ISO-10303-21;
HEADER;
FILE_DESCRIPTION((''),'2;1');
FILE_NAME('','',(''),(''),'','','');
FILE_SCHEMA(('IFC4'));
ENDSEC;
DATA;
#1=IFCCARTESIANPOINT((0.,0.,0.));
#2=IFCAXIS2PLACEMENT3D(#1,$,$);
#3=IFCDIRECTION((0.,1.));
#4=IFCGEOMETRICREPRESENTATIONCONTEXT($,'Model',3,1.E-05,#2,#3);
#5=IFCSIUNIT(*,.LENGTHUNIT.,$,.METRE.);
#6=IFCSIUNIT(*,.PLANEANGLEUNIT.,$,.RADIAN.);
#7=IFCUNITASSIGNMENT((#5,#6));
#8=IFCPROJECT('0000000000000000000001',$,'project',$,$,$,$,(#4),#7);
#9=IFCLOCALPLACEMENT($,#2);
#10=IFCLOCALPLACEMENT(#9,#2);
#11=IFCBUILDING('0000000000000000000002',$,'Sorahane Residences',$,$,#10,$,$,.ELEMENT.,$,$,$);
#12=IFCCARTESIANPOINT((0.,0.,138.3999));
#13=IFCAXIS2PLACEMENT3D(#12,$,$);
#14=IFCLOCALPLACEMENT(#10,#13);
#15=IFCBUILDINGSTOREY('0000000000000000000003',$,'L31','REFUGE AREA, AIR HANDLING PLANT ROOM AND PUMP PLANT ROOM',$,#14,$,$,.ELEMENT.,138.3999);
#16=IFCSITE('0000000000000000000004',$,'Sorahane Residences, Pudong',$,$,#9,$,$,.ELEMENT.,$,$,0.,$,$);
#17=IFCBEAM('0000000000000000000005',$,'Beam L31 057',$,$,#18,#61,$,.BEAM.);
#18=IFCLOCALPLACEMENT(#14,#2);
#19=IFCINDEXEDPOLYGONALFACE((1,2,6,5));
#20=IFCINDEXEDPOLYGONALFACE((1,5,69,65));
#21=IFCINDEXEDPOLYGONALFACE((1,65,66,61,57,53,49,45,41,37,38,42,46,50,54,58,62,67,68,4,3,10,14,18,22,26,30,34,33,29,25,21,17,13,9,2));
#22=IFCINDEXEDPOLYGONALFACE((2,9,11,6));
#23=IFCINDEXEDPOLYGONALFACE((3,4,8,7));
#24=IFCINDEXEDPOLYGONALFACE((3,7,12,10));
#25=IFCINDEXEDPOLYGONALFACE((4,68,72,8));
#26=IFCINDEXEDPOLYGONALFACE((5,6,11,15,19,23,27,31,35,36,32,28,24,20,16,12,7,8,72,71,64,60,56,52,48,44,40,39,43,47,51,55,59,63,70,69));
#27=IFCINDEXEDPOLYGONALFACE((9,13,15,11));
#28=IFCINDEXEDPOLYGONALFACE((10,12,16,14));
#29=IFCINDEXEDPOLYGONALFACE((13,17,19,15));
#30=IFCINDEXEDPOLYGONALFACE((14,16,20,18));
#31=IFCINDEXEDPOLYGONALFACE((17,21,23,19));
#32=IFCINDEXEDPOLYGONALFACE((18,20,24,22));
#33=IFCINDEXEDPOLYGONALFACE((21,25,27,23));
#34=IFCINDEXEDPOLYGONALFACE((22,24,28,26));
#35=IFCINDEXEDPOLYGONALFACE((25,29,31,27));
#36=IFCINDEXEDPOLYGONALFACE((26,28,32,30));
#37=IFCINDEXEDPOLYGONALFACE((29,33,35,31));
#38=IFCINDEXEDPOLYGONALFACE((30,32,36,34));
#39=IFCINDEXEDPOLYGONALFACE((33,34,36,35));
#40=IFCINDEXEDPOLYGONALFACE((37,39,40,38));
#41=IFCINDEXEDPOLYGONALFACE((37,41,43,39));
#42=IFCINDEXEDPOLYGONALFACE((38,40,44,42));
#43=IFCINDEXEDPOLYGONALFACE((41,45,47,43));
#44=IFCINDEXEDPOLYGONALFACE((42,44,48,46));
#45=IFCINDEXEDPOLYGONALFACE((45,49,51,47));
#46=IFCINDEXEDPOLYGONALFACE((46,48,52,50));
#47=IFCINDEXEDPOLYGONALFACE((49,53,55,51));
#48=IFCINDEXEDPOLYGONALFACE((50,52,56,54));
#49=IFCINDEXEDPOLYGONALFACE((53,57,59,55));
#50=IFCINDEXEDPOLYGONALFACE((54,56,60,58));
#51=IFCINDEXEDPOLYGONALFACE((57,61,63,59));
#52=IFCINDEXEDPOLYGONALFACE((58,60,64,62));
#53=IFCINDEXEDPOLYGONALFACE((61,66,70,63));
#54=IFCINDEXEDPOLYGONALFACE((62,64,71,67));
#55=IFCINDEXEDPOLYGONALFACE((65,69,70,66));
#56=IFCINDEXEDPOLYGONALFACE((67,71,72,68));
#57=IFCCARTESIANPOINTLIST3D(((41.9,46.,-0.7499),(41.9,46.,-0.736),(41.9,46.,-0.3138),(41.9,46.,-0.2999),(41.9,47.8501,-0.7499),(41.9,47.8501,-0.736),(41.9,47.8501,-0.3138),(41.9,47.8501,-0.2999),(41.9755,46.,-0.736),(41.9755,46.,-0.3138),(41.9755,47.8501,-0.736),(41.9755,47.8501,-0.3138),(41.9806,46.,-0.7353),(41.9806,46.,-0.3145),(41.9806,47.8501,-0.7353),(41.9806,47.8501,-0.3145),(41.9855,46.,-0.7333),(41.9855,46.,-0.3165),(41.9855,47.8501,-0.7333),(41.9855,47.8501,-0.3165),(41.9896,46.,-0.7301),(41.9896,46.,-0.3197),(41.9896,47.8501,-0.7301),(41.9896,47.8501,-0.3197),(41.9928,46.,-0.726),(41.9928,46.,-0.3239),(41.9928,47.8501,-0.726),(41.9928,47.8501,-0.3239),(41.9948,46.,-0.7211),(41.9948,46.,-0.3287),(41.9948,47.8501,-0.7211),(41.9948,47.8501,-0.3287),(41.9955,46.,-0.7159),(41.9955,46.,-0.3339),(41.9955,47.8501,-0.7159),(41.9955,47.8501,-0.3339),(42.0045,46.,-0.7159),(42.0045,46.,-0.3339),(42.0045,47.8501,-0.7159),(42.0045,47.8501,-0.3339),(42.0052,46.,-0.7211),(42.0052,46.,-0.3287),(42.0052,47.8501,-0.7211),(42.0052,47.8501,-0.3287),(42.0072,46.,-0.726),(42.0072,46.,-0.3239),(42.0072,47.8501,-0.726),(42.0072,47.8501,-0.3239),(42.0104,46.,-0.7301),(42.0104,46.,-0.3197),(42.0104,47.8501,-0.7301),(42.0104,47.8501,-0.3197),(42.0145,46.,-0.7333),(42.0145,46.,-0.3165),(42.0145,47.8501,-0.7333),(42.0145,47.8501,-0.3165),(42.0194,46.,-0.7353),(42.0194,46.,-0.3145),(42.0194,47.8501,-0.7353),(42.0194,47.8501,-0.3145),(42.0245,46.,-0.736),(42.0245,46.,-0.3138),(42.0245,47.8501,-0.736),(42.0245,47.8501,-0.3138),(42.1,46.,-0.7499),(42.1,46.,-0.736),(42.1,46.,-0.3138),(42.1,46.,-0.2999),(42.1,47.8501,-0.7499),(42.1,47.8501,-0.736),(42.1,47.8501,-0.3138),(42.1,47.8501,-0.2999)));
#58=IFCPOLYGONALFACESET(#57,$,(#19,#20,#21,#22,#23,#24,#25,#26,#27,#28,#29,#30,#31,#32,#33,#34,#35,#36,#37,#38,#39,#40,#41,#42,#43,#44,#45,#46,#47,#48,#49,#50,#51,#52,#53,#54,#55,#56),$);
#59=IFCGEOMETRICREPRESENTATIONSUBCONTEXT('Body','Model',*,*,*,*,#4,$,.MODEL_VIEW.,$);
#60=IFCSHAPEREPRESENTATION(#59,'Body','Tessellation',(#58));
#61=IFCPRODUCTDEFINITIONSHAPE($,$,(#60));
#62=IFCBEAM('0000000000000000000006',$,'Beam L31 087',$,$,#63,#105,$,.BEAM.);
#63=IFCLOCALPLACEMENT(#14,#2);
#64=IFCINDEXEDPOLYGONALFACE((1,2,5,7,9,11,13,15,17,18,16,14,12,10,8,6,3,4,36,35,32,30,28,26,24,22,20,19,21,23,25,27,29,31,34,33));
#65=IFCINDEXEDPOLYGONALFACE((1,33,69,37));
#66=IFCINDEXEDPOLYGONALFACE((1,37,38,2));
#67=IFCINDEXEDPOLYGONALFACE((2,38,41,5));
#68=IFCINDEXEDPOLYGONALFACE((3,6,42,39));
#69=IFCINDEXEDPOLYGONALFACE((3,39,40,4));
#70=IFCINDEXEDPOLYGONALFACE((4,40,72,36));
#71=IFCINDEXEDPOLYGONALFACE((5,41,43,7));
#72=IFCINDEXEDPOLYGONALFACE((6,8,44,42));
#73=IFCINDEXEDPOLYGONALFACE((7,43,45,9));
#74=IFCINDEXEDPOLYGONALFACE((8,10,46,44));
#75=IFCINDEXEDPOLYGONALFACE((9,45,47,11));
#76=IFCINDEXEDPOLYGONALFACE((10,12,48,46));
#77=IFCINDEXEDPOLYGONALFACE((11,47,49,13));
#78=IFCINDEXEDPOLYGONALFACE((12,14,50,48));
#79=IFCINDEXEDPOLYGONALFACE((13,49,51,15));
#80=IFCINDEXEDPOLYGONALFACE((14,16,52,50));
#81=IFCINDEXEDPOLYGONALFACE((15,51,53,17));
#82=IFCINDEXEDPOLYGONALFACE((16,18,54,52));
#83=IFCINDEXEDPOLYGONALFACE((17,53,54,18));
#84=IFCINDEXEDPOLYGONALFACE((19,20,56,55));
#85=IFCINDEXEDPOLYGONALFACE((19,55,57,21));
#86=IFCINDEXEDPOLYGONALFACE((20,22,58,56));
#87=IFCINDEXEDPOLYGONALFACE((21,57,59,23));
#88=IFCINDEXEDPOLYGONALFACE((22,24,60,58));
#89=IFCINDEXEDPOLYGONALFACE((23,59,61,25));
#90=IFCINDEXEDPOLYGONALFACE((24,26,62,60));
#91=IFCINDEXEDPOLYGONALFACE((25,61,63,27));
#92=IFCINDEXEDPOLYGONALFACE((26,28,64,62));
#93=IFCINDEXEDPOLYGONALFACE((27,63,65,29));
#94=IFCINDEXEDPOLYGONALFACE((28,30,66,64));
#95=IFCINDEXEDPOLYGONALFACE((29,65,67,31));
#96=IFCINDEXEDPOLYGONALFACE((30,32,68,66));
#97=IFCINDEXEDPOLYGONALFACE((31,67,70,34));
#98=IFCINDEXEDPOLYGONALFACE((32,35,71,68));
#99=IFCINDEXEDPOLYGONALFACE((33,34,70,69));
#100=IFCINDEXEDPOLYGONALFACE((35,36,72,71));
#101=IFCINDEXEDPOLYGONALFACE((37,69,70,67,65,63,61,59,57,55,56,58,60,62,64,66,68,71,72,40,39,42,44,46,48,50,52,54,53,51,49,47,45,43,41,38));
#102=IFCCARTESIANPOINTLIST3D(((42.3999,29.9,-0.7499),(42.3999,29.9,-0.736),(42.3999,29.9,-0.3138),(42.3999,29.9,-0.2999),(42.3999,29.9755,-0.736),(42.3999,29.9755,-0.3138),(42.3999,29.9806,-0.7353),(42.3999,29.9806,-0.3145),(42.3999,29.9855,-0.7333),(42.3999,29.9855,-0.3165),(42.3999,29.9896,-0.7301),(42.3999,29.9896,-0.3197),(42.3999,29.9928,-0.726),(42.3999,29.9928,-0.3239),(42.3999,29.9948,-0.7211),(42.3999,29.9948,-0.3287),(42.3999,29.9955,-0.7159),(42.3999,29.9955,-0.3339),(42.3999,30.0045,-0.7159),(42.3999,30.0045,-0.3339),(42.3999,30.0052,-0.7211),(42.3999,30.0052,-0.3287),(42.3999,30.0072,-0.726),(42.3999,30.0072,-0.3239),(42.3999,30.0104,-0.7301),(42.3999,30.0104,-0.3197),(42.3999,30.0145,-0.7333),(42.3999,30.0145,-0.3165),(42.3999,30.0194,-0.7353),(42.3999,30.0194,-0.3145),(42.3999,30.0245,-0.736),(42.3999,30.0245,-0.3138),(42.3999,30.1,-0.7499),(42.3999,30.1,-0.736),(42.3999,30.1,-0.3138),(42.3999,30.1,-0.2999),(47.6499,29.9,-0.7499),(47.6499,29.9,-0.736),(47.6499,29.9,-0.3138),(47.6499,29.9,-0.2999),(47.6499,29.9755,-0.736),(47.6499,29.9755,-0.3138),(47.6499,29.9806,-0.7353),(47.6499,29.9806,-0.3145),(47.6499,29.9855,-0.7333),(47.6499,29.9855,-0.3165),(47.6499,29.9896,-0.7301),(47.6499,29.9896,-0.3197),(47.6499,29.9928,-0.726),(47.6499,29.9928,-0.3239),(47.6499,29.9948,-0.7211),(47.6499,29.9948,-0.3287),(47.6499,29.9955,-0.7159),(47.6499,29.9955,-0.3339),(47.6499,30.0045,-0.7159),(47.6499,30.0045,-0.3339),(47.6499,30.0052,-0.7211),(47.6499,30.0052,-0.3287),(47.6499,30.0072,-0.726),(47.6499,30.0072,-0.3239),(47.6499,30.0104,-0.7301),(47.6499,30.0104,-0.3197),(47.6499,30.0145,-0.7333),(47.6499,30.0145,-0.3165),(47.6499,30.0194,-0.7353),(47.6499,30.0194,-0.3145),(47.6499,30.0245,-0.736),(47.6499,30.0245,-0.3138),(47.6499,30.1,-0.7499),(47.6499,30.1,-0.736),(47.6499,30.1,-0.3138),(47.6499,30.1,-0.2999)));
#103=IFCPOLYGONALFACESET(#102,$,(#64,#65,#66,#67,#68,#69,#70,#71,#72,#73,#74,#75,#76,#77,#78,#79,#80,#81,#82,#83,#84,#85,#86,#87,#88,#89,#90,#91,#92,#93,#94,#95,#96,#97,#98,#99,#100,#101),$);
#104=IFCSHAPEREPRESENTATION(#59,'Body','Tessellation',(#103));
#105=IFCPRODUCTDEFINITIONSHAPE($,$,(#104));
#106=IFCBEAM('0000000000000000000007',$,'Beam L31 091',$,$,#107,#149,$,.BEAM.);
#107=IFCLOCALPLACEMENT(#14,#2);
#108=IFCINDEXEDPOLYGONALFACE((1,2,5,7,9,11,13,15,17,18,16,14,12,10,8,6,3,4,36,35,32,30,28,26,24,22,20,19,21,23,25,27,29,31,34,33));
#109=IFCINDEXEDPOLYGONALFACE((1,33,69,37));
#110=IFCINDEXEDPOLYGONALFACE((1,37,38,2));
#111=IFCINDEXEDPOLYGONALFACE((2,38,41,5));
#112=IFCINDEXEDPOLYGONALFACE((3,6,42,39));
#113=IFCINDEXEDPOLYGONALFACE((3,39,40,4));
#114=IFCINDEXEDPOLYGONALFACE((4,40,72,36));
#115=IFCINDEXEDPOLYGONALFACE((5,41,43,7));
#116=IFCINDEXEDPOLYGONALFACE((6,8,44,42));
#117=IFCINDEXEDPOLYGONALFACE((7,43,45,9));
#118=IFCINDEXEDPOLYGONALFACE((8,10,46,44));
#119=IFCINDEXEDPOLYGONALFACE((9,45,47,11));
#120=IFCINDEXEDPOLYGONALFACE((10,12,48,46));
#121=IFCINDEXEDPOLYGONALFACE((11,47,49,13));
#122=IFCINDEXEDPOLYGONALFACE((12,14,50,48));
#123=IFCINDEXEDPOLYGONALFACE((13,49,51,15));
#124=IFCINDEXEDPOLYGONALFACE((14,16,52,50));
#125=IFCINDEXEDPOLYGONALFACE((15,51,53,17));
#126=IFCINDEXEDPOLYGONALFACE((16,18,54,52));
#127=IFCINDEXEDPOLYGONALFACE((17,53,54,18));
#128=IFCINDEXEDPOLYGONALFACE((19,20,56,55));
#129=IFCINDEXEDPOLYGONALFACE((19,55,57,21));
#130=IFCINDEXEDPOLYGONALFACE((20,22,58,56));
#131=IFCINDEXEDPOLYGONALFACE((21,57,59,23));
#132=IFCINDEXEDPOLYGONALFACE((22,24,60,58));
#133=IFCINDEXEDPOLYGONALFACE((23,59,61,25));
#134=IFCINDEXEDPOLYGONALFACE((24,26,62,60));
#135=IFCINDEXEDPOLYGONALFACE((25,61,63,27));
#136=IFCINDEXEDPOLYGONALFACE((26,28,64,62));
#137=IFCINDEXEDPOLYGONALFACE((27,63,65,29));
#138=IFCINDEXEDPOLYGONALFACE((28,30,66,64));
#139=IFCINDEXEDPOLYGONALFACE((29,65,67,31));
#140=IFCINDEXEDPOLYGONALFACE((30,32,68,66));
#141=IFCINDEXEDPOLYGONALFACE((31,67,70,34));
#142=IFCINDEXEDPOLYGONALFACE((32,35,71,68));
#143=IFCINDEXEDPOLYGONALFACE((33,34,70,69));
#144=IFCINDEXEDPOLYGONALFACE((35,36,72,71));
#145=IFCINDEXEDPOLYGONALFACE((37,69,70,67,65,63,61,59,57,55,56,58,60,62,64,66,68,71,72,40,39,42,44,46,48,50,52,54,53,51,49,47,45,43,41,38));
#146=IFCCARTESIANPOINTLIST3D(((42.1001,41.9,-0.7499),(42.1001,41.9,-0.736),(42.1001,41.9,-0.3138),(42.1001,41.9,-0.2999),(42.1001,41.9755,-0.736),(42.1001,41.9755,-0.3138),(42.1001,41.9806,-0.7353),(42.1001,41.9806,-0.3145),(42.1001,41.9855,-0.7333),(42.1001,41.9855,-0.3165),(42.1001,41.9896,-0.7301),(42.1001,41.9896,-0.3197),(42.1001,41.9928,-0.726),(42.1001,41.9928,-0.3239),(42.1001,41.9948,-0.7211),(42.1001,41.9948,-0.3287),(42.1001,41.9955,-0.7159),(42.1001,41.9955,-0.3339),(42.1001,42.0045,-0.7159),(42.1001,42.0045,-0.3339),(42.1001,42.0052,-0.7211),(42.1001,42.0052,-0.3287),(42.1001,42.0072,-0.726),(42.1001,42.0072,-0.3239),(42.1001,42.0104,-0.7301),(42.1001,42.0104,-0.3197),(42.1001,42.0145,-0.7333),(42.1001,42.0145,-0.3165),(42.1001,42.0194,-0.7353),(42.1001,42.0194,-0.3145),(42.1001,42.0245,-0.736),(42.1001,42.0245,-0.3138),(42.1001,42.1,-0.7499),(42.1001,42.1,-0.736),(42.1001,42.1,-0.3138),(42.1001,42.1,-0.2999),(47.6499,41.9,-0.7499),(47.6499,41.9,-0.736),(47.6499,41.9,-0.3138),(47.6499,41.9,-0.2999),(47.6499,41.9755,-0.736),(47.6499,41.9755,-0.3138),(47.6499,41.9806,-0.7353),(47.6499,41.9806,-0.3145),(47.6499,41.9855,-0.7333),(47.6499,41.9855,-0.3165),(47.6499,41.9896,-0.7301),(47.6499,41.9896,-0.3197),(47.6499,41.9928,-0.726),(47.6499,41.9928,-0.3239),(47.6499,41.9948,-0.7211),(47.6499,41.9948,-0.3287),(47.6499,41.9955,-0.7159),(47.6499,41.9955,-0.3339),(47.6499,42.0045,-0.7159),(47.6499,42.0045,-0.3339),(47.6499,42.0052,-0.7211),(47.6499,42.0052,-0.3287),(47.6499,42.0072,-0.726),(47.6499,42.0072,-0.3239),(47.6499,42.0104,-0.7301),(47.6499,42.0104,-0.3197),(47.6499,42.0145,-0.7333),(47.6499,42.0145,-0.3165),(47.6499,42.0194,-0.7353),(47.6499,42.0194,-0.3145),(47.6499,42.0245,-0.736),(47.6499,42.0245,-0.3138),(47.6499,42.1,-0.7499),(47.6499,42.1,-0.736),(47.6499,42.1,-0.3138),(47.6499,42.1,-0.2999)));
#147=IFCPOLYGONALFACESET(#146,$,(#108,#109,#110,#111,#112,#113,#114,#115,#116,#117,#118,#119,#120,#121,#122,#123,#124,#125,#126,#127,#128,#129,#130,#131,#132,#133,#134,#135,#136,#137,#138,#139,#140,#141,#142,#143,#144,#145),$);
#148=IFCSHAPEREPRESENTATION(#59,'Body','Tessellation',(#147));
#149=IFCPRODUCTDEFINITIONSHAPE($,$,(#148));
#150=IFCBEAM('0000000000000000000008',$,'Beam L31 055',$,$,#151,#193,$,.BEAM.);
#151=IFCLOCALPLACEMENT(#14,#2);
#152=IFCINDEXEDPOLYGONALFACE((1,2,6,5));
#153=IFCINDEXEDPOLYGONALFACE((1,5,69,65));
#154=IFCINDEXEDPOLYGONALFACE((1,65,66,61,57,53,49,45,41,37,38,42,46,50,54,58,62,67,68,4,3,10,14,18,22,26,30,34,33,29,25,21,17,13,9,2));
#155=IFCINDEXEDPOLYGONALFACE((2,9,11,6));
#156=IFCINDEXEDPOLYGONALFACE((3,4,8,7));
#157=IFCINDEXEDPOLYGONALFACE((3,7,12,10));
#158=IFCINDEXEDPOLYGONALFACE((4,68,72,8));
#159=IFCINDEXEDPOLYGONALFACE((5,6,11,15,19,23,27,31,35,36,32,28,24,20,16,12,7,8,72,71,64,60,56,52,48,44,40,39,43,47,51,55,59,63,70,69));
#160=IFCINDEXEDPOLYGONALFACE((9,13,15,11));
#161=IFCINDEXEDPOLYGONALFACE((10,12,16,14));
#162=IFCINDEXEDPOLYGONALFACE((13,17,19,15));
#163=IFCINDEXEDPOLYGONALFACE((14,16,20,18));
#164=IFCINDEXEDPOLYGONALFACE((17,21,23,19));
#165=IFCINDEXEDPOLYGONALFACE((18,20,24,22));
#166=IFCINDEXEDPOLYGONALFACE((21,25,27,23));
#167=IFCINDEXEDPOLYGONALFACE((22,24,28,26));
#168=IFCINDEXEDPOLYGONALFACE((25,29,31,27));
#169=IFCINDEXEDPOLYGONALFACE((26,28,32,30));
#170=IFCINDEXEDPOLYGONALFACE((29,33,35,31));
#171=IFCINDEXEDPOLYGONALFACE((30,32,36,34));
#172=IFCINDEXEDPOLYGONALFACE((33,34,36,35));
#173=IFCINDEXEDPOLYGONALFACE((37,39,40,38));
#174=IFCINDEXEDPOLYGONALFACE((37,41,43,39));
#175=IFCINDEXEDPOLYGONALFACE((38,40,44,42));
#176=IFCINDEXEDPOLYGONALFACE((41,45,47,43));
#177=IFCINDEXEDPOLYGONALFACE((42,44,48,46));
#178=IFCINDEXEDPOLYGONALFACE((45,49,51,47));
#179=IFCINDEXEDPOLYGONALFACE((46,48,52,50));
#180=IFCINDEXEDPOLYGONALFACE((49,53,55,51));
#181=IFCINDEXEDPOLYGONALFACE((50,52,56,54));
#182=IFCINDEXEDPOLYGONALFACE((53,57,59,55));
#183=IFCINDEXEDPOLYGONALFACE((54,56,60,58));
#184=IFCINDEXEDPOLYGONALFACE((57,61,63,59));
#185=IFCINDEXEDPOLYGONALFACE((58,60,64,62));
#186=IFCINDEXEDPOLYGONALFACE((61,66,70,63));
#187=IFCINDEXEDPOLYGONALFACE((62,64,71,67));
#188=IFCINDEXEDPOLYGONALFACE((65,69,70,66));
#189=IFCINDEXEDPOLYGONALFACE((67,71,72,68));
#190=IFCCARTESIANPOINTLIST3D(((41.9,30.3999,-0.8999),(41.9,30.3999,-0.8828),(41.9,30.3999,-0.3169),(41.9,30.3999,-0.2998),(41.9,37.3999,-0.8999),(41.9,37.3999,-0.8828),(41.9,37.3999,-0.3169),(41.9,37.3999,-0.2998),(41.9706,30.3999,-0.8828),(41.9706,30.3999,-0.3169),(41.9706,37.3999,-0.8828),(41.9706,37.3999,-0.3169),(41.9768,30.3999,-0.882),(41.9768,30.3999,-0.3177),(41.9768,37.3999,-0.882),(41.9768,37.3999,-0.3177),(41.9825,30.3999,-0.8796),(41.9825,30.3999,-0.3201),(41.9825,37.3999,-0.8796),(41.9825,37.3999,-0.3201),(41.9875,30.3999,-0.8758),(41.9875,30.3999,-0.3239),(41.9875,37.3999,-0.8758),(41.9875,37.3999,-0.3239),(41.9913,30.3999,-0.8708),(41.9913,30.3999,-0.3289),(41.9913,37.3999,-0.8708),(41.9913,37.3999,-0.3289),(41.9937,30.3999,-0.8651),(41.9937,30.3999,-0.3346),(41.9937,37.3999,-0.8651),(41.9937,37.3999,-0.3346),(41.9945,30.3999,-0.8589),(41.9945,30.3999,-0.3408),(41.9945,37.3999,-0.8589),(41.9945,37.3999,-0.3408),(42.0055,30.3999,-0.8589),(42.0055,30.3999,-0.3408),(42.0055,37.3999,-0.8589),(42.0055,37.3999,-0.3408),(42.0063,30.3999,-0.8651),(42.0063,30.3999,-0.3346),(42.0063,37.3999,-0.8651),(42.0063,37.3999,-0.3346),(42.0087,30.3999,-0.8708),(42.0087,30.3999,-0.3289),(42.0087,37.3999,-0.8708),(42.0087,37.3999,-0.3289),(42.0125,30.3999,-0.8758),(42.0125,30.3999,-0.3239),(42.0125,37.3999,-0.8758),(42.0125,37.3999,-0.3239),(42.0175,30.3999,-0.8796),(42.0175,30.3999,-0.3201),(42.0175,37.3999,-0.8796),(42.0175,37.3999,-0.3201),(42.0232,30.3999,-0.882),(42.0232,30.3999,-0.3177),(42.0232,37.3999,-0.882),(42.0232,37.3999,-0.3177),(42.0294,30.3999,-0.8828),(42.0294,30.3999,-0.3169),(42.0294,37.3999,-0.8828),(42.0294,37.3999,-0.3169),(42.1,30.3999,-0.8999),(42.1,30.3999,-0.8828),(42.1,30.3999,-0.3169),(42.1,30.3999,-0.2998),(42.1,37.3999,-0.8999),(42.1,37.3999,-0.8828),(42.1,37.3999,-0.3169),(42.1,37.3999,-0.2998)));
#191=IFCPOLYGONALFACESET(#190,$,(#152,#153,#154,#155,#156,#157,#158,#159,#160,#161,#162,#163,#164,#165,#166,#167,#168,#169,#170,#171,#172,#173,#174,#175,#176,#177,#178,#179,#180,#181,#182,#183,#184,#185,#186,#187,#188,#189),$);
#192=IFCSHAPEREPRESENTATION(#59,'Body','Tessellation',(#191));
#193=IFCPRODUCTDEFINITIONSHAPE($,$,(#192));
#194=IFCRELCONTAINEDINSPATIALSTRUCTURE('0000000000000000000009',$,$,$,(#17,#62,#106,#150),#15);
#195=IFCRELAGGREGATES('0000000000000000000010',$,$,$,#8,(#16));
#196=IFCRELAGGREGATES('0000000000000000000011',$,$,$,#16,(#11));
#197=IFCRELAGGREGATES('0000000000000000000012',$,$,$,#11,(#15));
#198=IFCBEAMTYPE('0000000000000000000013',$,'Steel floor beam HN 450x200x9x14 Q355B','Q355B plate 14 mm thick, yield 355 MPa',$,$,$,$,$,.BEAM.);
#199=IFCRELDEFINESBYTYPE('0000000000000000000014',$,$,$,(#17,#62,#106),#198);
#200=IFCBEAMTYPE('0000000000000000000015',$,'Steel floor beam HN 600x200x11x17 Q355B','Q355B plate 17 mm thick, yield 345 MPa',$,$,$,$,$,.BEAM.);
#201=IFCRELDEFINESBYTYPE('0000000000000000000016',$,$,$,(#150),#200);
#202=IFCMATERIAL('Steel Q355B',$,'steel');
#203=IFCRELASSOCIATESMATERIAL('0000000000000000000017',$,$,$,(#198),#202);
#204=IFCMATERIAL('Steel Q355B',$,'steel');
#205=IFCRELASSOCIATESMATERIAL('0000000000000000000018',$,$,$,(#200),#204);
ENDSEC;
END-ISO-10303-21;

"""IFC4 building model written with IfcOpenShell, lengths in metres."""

from ifc_helpers import new_model, si_unit, direction, frame, origin, origin_2d, place, context, subcontext, project, spatial, i_section, extrude, material, material_profile, profile_set, type_object, element, save


model = new_model("IFC4")

# Units and contexts
model_context = context("Model", 3, precision=1e-05, world=origin(), true_north=direction((0.0, 1.0)))
body_context = subcontext(model_context, "Body", "Model", "MODEL_VIEW")
ifc_project = project(units=[si_unit("LENGTHUNIT", "METRE"), si_unit("PLANEANGLEUNIT", "RADIAN")], contexts=[model_context])

# Site, building, storey
site_placement = place(None, origin())
site = spatial("IfcSite", under=ifc_project, at=site_placement, Name="Sorahane Residences, Pudong", CompositionType="ELEMENT", RefElevation=0.0)
building_placement = place(site_placement, origin())
building = spatial("IfcBuilding", under=site, at=building_placement, Name="Sorahane Residences", CompositionType="ELEMENT")
storey_placement = place(building_placement, frame((0.0, 0.0, 138.3999)))
storey = spatial("IfcBuildingStorey", under=building, at=storey_placement, Name="L31", Description="REFUGE AREA, AIR HANDLING PLANT ROOM AND PUMP PLANT ROOM", CompositionType="ELEMENT", Elevation=138.3999)

# Beams
ifc_material_1 = material(Name="Steel Q355B", Category="steel")
ifc_material_profile_1 = material_profile(ifc_material_1, i_section(OverallWidth=0.2, OverallDepth=0.45, WebThickness=0.009, FlangeThickness=0.0139, FilletRadius=0.02, at=origin_2d()), Name="HN 450x200x9x14")
ifc_profile_set_1 = profile_set([ifc_material_profile_1], Name="Steel Q355B")
beam_type_1 = type_object("IfcBeamType", Name="Steel floor beam HN 450x200x9x14 Q355B", Description="Q355B plate 14 mm thick, yield 355 MPa", PredefinedType="BEAM", material=ifc_profile_set_1)
beam_1_placement = place(storey_placement, frame((42.0, 46.0, -0.5249), z_axis=(0.0, 1.0, 0.0), x_axis=(-1.0, 0.0, 0.0)))
element("IfcBeam", 1, at=beam_1_placement, inside=storey, type_object=beam_type_1, Name="Beam L31 057", PredefinedType="BEAM", context=body_context, shape_type="SweptSolid", body=[
    extrude(i_section(OverallWidth=0.2, OverallDepth=0.45, WebThickness=0.009, FlangeThickness=0.0139, FilletRadius=0.02, at=origin_2d()), origin(), (0.0, 0.0, 1.0), 1.8501),
])
beam_2_placement = place(storey_placement, frame((42.3999, 30.0, -0.5249), z_axis=(1.0, 0.0, 0.0), x_axis=(0.0, 1.0, 0.0)))
element("IfcBeam", 2, at=beam_2_placement, inside=storey, type_object=beam_type_1, Name="Beam L31 087", PredefinedType="BEAM", context=body_context, shape_type="SweptSolid", body=[
    extrude(i_section(OverallWidth=0.2, OverallDepth=0.45, WebThickness=0.009, FlangeThickness=0.0139, FilletRadius=0.02, at=origin_2d()), origin(), (0.0, 0.0, 1.0), 5.25),
])
beam_3_placement = place(storey_placement, frame((42.1001, 42.0, -0.5249), z_axis=(1.0, 0.0, 0.0), x_axis=(0.0, 1.0, 0.0)))
element("IfcBeam", 3, at=beam_3_placement, inside=storey, type_object=beam_type_1, Name="Beam L31 091", PredefinedType="BEAM", context=body_context, shape_type="SweptSolid", body=[
    extrude(i_section(OverallWidth=0.2, OverallDepth=0.45, WebThickness=0.009, FlangeThickness=0.0139, FilletRadius=0.02, at=origin_2d()), origin(), (0.0, 0.0, 1.0), 5.5498),
])
ifc_material_2 = material(Name="Steel Q355B", Category="steel")
ifc_material_profile_2 = material_profile(ifc_material_2, i_section(OverallWidth=0.2, OverallDepth=0.6001, WebThickness=0.011, FlangeThickness=0.0171, FilletRadius=0.0239, at=origin_2d()), Name="HN 600x200x11x17")
ifc_profile_set_2 = profile_set([ifc_material_profile_2], Name="Steel Q355B")
beam_type_2 = type_object("IfcBeamType", Name="Steel floor beam HN 600x200x11x17 Q355B", Description="Q355B plate 17 mm thick, yield 345 MPa", PredefinedType="BEAM", material=ifc_profile_set_2)
for number, where, z_axis, x_axis, name in (
    (4, (42.0, 30.3999, -0.5999), (0.0, 1.0, 0.0), (-1.0, 0.0, 0.0), "Beam L31 055"),
):
    element("IfcBeam", number, at=place(storey_placement, frame(where, z_axis=z_axis, x_axis=x_axis)), inside=storey, type_object=beam_type_2, Name=name, PredefinedType="BEAM", context=body_context, shape_type="SweptSolid", body=[
        extrude(i_section(OverallWidth=0.2, OverallDepth=0.6001, WebThickness=0.011, FlangeThickness=0.0171, FilletRadius=0.0239, at=origin_2d()), origin(), (0.0, 0.0, 1.0), 7.0),
    ])

save(model, "model.ifc")
